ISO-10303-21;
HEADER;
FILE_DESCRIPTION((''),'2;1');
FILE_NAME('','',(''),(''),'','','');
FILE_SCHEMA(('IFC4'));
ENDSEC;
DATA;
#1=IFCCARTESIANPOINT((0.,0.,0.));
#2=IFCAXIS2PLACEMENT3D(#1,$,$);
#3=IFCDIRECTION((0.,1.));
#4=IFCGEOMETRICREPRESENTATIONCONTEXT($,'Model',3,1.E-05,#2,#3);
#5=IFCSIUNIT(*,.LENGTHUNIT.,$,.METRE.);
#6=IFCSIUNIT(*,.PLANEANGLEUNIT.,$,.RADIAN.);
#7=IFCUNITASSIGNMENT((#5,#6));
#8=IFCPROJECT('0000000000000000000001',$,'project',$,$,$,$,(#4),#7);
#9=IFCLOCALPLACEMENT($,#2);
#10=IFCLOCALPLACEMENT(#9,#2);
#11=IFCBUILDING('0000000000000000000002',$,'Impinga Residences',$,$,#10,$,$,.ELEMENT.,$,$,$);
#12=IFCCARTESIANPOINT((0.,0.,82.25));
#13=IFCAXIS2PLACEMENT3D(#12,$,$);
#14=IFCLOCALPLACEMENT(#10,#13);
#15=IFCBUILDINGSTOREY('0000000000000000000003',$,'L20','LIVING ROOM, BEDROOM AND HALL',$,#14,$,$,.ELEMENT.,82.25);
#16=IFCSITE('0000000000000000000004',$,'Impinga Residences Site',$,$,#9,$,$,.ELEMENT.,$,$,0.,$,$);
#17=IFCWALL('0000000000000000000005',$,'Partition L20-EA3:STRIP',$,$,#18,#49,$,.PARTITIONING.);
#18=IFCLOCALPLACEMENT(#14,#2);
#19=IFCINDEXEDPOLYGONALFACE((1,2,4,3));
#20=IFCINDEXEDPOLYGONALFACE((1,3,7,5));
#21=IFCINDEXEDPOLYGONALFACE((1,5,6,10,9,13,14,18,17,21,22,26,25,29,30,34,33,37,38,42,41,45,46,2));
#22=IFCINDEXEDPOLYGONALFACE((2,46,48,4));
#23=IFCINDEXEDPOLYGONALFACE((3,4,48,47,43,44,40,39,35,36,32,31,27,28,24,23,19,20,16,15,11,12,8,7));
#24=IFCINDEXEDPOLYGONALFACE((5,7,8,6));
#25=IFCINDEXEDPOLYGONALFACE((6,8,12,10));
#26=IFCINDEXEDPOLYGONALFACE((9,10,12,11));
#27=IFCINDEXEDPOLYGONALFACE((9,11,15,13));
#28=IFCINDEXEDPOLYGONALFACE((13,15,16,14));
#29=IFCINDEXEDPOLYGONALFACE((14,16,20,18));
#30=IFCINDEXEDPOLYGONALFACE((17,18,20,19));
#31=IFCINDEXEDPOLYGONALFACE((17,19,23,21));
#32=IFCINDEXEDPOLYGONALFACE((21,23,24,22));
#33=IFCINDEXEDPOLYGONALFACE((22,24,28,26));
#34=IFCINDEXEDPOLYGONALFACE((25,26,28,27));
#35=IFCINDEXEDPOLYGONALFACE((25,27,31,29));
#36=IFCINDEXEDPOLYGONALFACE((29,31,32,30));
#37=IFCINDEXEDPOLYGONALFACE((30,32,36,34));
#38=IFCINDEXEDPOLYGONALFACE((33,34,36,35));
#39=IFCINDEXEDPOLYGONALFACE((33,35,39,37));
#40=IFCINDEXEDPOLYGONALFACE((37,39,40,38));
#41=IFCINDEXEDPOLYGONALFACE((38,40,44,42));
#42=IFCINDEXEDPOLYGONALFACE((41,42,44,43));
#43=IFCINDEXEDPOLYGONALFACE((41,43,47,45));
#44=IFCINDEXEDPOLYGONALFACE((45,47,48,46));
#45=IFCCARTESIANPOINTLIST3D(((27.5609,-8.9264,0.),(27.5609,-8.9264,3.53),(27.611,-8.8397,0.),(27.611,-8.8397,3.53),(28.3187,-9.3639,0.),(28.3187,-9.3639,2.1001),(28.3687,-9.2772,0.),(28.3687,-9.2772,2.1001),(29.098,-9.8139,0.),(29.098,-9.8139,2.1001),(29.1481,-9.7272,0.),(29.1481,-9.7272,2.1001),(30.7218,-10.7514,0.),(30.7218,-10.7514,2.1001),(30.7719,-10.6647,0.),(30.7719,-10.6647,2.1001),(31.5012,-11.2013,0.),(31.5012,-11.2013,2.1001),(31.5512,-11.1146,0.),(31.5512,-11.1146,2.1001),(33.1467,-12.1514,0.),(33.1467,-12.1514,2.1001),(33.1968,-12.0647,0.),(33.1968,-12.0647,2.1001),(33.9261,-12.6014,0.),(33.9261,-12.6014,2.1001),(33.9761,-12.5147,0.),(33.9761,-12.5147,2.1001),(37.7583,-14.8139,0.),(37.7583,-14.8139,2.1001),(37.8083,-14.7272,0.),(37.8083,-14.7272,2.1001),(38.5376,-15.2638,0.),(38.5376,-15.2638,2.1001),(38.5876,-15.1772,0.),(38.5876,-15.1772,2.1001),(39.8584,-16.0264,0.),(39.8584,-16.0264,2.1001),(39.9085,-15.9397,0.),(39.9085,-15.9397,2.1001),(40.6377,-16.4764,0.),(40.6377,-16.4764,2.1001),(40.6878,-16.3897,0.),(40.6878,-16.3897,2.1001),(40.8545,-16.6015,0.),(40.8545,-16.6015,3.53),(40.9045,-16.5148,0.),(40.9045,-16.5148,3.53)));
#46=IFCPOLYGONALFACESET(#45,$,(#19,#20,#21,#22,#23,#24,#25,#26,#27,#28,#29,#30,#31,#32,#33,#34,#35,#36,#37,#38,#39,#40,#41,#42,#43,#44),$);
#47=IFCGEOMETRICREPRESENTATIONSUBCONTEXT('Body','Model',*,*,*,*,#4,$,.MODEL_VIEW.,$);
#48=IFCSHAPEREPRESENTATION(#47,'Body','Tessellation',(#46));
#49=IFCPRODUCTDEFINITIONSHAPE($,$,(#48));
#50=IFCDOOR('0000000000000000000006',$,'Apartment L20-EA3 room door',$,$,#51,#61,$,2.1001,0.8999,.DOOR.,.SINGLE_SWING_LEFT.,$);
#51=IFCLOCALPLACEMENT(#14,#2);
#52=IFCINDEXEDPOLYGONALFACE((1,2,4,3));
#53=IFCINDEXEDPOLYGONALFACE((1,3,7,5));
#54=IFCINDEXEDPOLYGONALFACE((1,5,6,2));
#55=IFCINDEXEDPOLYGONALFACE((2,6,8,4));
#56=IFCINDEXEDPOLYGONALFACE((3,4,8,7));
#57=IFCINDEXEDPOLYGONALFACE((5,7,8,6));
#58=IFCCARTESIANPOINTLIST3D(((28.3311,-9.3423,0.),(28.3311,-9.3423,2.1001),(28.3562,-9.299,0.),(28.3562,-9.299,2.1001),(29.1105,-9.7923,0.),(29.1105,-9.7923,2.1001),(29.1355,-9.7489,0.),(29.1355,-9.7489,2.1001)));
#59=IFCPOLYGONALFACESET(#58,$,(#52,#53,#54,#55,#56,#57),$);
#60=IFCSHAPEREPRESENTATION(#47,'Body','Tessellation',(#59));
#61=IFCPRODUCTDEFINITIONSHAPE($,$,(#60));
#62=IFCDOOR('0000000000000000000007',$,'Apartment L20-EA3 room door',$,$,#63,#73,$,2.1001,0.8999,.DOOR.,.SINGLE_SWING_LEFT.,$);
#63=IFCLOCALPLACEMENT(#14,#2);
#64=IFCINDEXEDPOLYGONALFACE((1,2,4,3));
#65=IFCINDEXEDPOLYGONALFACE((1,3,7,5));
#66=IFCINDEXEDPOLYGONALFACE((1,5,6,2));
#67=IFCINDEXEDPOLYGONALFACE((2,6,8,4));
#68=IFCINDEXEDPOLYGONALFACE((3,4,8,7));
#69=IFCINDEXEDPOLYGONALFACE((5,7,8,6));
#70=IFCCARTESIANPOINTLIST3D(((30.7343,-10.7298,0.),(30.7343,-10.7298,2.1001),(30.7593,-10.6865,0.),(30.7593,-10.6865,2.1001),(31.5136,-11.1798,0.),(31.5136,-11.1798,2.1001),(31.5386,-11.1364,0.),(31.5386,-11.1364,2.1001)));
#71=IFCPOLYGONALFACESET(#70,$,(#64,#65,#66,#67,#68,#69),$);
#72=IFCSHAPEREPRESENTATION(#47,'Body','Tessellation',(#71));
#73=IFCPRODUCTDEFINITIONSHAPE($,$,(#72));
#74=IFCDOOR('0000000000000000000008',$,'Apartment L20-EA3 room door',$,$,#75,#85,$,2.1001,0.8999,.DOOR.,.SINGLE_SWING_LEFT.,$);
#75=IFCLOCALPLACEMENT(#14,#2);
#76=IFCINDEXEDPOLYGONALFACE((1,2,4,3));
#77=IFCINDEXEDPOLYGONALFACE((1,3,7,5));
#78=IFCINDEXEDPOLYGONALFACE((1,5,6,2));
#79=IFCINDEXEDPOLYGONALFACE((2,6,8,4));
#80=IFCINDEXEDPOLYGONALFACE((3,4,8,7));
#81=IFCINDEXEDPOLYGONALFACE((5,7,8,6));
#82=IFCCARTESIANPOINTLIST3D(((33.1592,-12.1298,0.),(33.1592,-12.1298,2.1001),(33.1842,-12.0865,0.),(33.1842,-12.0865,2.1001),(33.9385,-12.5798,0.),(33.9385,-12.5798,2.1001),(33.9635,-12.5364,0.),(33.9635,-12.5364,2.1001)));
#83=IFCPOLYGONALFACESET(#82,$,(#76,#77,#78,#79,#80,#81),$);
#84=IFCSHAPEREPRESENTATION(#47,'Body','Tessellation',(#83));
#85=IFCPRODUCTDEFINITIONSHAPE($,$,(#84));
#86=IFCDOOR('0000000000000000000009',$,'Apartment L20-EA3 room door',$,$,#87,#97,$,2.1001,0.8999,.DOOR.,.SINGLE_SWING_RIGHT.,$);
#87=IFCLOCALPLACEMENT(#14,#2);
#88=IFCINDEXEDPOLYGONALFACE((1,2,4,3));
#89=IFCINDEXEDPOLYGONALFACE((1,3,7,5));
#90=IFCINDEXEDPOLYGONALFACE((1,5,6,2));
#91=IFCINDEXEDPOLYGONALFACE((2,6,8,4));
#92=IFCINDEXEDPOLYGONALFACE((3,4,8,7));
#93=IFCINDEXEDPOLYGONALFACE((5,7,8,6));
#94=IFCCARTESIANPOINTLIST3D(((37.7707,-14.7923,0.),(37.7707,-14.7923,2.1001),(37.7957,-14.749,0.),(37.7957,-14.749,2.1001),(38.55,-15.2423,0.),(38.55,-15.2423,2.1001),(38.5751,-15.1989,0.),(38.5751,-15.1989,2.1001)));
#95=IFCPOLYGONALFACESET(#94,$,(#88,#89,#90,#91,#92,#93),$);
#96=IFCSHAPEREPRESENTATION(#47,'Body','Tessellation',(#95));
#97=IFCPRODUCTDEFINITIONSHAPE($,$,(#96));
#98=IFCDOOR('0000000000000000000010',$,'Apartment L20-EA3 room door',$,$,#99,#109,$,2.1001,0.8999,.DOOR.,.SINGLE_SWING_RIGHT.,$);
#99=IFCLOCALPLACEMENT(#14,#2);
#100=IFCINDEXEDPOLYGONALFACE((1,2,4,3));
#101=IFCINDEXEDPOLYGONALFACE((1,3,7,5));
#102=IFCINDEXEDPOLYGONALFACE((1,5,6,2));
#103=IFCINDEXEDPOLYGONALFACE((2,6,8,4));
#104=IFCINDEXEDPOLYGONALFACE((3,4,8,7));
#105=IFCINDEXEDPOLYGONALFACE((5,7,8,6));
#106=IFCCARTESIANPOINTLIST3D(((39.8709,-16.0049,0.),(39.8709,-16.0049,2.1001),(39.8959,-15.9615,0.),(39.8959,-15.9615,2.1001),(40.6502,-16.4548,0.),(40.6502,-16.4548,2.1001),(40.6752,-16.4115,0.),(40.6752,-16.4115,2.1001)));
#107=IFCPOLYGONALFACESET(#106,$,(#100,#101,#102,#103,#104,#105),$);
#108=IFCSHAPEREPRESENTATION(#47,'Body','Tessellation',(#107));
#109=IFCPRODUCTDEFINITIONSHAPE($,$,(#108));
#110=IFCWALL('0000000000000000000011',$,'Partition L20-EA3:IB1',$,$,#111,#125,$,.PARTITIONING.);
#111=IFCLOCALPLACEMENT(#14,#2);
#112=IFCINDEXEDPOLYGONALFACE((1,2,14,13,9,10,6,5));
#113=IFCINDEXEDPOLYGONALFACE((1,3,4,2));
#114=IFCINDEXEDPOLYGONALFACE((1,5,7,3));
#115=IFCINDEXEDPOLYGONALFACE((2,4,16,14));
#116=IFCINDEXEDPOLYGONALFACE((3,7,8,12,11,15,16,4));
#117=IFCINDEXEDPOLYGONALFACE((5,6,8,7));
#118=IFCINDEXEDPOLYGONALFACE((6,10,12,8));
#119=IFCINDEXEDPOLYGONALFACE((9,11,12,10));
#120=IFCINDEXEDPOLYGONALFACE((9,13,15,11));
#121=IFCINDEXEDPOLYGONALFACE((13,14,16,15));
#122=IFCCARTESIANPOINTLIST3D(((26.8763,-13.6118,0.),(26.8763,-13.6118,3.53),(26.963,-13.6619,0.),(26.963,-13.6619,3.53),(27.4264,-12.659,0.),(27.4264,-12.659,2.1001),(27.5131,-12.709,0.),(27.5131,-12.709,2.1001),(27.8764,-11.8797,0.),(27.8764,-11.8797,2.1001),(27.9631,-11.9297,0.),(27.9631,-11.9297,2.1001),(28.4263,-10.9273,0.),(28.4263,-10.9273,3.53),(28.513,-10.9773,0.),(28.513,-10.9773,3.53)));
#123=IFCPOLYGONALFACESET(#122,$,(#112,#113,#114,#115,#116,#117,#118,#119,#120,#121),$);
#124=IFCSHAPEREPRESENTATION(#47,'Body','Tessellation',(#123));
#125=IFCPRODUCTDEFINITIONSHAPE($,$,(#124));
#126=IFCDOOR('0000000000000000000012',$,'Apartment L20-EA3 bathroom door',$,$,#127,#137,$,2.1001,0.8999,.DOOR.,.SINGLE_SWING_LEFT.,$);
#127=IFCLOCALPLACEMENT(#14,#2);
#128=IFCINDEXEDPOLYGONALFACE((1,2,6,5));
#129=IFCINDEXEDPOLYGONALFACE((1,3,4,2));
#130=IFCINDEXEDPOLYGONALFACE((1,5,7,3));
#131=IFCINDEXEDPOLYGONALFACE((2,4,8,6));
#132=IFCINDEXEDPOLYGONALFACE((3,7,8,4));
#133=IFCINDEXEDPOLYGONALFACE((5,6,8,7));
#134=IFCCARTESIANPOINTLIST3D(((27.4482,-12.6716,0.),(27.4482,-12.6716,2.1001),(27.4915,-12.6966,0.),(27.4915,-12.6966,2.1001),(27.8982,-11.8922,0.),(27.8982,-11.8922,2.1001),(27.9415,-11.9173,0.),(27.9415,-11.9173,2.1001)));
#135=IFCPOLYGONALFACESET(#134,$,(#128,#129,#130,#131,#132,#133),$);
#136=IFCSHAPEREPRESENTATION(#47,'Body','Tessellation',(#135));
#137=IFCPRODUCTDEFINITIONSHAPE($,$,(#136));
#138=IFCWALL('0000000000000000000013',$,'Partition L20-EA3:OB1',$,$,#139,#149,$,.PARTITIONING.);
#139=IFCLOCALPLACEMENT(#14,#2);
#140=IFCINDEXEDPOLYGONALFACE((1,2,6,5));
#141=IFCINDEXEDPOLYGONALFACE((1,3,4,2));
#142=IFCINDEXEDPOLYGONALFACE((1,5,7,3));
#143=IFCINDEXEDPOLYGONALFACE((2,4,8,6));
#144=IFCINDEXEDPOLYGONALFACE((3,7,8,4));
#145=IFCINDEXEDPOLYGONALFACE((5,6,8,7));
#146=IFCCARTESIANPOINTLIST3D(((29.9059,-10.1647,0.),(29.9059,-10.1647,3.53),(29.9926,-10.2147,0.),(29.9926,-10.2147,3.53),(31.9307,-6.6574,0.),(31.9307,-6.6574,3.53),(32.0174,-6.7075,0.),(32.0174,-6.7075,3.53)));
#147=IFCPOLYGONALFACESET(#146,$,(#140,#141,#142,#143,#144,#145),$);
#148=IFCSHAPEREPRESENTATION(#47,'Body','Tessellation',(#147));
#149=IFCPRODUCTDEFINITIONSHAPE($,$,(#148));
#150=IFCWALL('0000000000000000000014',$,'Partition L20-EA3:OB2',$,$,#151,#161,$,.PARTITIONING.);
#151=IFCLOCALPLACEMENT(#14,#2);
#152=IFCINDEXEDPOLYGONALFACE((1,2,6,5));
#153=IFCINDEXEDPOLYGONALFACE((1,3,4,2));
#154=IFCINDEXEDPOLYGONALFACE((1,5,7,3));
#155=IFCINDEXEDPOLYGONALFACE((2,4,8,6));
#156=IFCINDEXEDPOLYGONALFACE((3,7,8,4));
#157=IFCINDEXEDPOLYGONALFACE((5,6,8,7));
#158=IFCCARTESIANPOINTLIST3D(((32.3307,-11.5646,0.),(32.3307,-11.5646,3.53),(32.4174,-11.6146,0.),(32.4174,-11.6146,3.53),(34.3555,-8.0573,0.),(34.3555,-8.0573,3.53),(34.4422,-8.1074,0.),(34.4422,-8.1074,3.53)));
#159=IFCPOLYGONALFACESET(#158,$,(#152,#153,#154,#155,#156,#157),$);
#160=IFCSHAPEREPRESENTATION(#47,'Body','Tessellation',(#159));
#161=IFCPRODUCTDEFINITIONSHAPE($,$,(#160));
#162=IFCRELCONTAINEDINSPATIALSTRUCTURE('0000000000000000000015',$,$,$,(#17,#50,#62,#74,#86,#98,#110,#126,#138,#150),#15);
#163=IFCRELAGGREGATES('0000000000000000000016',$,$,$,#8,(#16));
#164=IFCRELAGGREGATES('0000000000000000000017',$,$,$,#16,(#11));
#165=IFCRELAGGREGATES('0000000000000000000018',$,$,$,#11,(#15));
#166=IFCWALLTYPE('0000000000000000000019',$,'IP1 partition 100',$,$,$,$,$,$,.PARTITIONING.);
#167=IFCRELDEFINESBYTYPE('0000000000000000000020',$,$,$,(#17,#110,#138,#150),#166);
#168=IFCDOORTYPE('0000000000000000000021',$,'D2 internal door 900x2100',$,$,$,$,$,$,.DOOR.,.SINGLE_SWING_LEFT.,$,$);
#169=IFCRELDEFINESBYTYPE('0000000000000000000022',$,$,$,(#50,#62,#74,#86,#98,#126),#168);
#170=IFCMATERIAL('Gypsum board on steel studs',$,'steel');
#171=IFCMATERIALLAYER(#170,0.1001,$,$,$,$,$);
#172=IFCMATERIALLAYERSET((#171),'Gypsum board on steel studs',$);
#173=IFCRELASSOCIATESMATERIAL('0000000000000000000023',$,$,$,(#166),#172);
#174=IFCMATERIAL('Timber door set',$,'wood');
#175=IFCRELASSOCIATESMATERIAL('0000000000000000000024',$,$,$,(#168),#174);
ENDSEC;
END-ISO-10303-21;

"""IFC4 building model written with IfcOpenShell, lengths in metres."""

from ifc_helpers import new_model, si_unit, direction, frame, frame_2d, origin, place, context, subcontext, project, spatial, rectangle, extrude, material, layer, layer_set, type_object, element, fill, save


model = new_model("IFC4")

# Units and contexts
model_context = context("Model", 3, precision=1e-05, world=origin(), true_north=direction((0.0, 1.0)))
body_context = subcontext(model_context, "Body", "Model", "MODEL_VIEW")
ifc_project = project(units=[si_unit("LENGTHUNIT", "METRE"), si_unit("PLANEANGLEUNIT", "RADIAN")], contexts=[model_context])

# Site, building, storey
site_placement = place(None, origin())
site = spatial("IfcSite", under=ifc_project, at=site_placement, Name="Impinga Residences Site", CompositionType="ELEMENT", RefElevation=0.0)
building_placement = place(site_placement, origin())
building = spatial("IfcBuilding", under=site, at=building_placement, Name="Impinga Residences", CompositionType="ELEMENT")
storey_placement = place(building_placement, frame((0.0, 0.0, 82.25)))
storey = spatial("IfcBuildingStorey", under=building, at=storey_placement, Name="L20", Description="LIVING ROOM, BEDROOM AND HALL", CompositionType="ELEMENT", Elevation=82.25)

# Shared definitions
ifc_material_1 = material(Name="Gypsum board on steel studs", Category="steel")
ifc_layer_1 = layer(ifc_material_1, 0.1001)
ifc_layer_set_1 = layer_set([ifc_layer_1], Name="Gypsum board on steel studs")
wall_type_1 = type_object("IfcWallType", Name="IP1 partition 100", PredefinedType="PARTITIONING", material=ifc_layer_set_1)

# Wall, openings, doors
wall_1_placement = place(storey_placement, frame((27.5859, -8.8831, 0.0), z_axis=(0.0, 0.0, 1.0), x_axis=(0.866023, -0.500003, 0.0)))
wall_1 = element("IfcWall", 1, at=wall_1_placement, inside=storey, type_object=wall_type_1, Name="Partition L20-EA3:STRIP", PredefinedType="PARTITIONING", context=body_context, shape_type="SweptSolid", body=[
    extrude(rectangle(XDim=15.3501, YDim=0.1001, at=frame_2d((7.675, 0.0))), origin(), (0.0, 0.0, 1.0), 3.53),
])
opening_1_placement = place(wall_1_placement, frame((0.875, 0.0, 0.0)))
opening_1 = element("IfcOpeningElement", 2, at=opening_1_placement, cuts=wall_1, PredefinedType="OPENING", context=body_context, shape_type="SweptSolid", body=[
    extrude(rectangle(XDim=0.8999, YDim=2.1001, at=frame_2d((0.45, 1.05))), frame((0.0, 0.0601, 0.0), z_axis=(0.0, -1.0, 0.0), x_axis=(1.0, 0.0, 0.0)), (0.0, 0.0, 1.0), 0.1201),
])
opening_2_placement = place(wall_1_placement, frame((3.6499, 0.0, 0.0)))
opening_2 = element("IfcOpeningElement", 3, at=opening_2_placement, cuts=wall_1, PredefinedType="OPENING", context=body_context, shape_type="SweptSolid", body=[
    extrude(rectangle(XDim=0.8999, YDim=2.1001, at=frame_2d((0.45, 1.05))), frame((0.0, 0.0601, 0.0), z_axis=(0.0, -1.0, 0.0), x_axis=(1.0, 0.0, 0.0)), (0.0, 0.0, 1.0), 0.1201),
])
opening_3_placement = place(wall_1_placement, frame((6.45, 0.0, 0.0)))
opening_3 = element("IfcOpeningElement", 4, at=opening_3_placement, cuts=wall_1, PredefinedType="OPENING", context=body_context, shape_type="SweptSolid", body=[
    extrude(rectangle(XDim=0.8999, YDim=2.1001, at=frame_2d((0.45, 1.05))), frame((0.0, 0.0601, 0.0), z_axis=(0.0, -1.0, 0.0), x_axis=(1.0, 0.0, 0.0)), (0.0, 0.0, 1.0), 0.1201),
])
opening_4_placement = place(wall_1_placement, frame((11.7749, 0.0, 0.0)))
opening_4 = element("IfcOpeningElement", 5, at=opening_4_placement, cuts=wall_1, PredefinedType="OPENING", context=body_context, shape_type="SweptSolid", body=[
    extrude(rectangle(XDim=0.8999, YDim=2.1001, at=frame_2d((0.45, 1.05))), frame((0.0, 0.0601, 0.0), z_axis=(0.0, -1.0, 0.0), x_axis=(1.0, 0.0, 0.0)), (0.0, 0.0, 1.0), 0.1201),
])
opening_5_placement = place(wall_1_placement, frame((14.2, 0.0, 0.0)))
opening_5 = element("IfcOpeningElement", 6, at=opening_5_placement, cuts=wall_1, PredefinedType="OPENING", context=body_context, shape_type="SweptSolid", body=[
    extrude(rectangle(XDim=0.8999, YDim=2.1001, at=frame_2d((0.45, 1.05))), frame((0.0, 0.0601, 0.0), z_axis=(0.0, -1.0, 0.0), x_axis=(1.0, 0.0, 0.0)), (0.0, 0.0, 1.0), 0.1201),
])
ifc_material_2 = material(Name="Timber door set", Category="wood")
door_type = type_object("IfcDoorType", Name="D2 internal door 900x2100", OperationType="SINGLE_SWING_LEFT", PredefinedType="DOOR", material=ifc_material_2)
door_1_placement = place(opening_1_placement, origin())
door_1 = element("IfcDoor", 7, at=door_1_placement, inside=storey, type_object=door_type, Name="Apartment L20-EA3 room door", OperationType="SINGLE_SWING_LEFT", OverallHeight=2.1001, OverallWidth=0.8999, PredefinedType="DOOR", context=body_context, shape_type="SweptSolid", body=[
    extrude(rectangle(XDim=0.8999, YDim=2.1001, at=frame_2d((0.45, 1.05))), frame((0.0, 0.0249, 0.0), z_axis=(0.0, -1.0, 0.0), x_axis=(1.0, 0.0, 0.0)), (0.0, 0.0, 1.0), 0.05),
])
fill(opening_1, door_1)
door_2_placement = place(opening_2_placement, origin())
door_2 = element("IfcDoor", 8, at=door_2_placement, inside=storey, type_object=door_type, Name="Apartment L20-EA3 room door", OperationType="SINGLE_SWING_LEFT", OverallHeight=2.1001, OverallWidth=0.8999, PredefinedType="DOOR", context=body_context, shape_type="SweptSolid", body=[
    extrude(rectangle(XDim=0.8999, YDim=2.1001, at=frame_2d((0.45, 1.05))), frame((0.0, 0.0249, 0.0), z_axis=(0.0, -1.0, 0.0), x_axis=(1.0, 0.0, 0.0)), (0.0, 0.0, 1.0), 0.05),
])
fill(opening_2, door_2)
door_3_placement = place(opening_3_placement, origin())
door_3 = element("IfcDoor", 9, at=door_3_placement, inside=storey, type_object=door_type, Name="Apartment L20-EA3 room door", OperationType="SINGLE_SWING_LEFT", OverallHeight=2.1001, OverallWidth=0.8999, PredefinedType="DOOR", context=body_context, shape_type="SweptSolid", body=[
    extrude(rectangle(XDim=0.8999, YDim=2.1001, at=frame_2d((0.45, 1.05))), frame((0.0, 0.0249, 0.0), z_axis=(0.0, -1.0, 0.0), x_axis=(1.0, 0.0, 0.0)), (0.0, 0.0, 1.0), 0.05),
])
fill(opening_3, door_3)
door_4_placement = place(opening_4_placement, origin())
door_4 = element("IfcDoor", 10, at=door_4_placement, inside=storey, type_object=door_type, Name="Apartment L20-EA3 room door", OperationType="SINGLE_SWING_RIGHT", OverallHeight=2.1001, OverallWidth=0.8999, PredefinedType="DOOR", context=body_context, shape_type="SweptSolid", body=[
    extrude(rectangle(XDim=0.8999, YDim=2.1001, at=frame_2d((0.45, 1.05))), frame((0.0, 0.0249, 0.0), z_axis=(0.0, -1.0, 0.0), x_axis=(1.0, 0.0, 0.0)), (0.0, 0.0, 1.0), 0.05),
])
fill(opening_4, door_4)
door_5_placement = place(opening_5_placement, origin())
door_5 = element("IfcDoor", 11, at=door_5_placement, inside=storey, type_object=door_type, Name="Apartment L20-EA3 room door", OperationType="SINGLE_SWING_RIGHT", OverallHeight=2.1001, OverallWidth=0.8999, PredefinedType="DOOR", context=body_context, shape_type="SweptSolid", body=[
    extrude(rectangle(XDim=0.8999, YDim=2.1001, at=frame_2d((0.45, 1.05))), frame((0.0, 0.0249, 0.0), z_axis=(0.0, -1.0, 0.0), x_axis=(1.0, 0.0, 0.0)), (0.0, 0.0, 1.0), 0.05),
])
fill(opening_5, door_5)

# Wall, opening, door
wall_2_placement = place(storey_placement, frame((26.9197, -13.6367, 0.0), z_axis=(0.0, 0.0, 1.0), x_axis=(0.500027, 0.86601, 0.0)))
wall_2 = element("IfcWall", 12, at=wall_2_placement, inside=storey, type_object=wall_type_1, Name="Partition L20-EA3:IB1", PredefinedType="PARTITIONING", context=body_context, shape_type="SweptSolid", body=[
    extrude(rectangle(XDim=3.0999, YDim=0.1001, at=frame_2d((1.5498, 0.0))), origin(), (0.0, 0.0, 1.0), 3.53),
])
opening_6_placement = place(wall_2_placement, frame((1.1001, 0.0, 0.0)))
opening_6 = element("IfcOpeningElement", 13, at=opening_6_placement, cuts=wall_2, PredefinedType="OPENING", context=body_context, shape_type="SweptSolid", body=[
    extrude(rectangle(XDim=0.8999, YDim=2.1001, at=frame_2d((0.45, 1.05))), frame((0.0, 0.0601, 0.0), z_axis=(0.0, -1.0, 0.0), x_axis=(1.0, 0.0, 0.0)), (0.0, 0.0, 1.0), 0.1201),
])
door_6_placement = place(opening_6_placement, origin())
door_6 = element("IfcDoor", 14, at=door_6_placement, inside=storey, type_object=door_type, Name="Apartment L20-EA3 bathroom door", OperationType="SINGLE_SWING_LEFT", OverallHeight=2.1001, OverallWidth=0.8999, PredefinedType="DOOR", context=body_context, shape_type="SweptSolid", body=[
    extrude(rectangle(XDim=0.8999, YDim=2.1001, at=frame_2d((0.45, 1.05))), frame((0.0, 0.0249, 0.0), z_axis=(0.0, -1.0, 0.0), x_axis=(1.0, 0.0, 0.0)), (0.0, 0.0, 1.0), 0.05),
])
fill(opening_6, door_6)

# Walls
for number, where, z_axis, x_axis, name in (
    (15, (29.9492, -10.1897, 0.0), (0.0, 0.0, 1.0), (0.49999, 0.866031, 0.0), "Partition L20-EA3:OB1"),
    (16, (32.374, -11.5896, 0.0), (0.0, 0.0, 1.0), (0.49999, 0.866031, 0.0), "Partition L20-EA3:OB2"),
):
    element("IfcWall", number, at=place(storey_placement, frame(where, z_axis=z_axis, x_axis=x_axis)), inside=storey, type_object=wall_type_1, Name=name, PredefinedType="PARTITIONING", context=body_context, shape_type="SweptSolid", body=[
        extrude(rectangle(XDim=4.0498, YDim=0.1001, at=frame_2d((2.0249, 0.0))), origin(), (0.0, 0.0, 1.0), 3.53),
    ])

save(model, "model.ifc")
